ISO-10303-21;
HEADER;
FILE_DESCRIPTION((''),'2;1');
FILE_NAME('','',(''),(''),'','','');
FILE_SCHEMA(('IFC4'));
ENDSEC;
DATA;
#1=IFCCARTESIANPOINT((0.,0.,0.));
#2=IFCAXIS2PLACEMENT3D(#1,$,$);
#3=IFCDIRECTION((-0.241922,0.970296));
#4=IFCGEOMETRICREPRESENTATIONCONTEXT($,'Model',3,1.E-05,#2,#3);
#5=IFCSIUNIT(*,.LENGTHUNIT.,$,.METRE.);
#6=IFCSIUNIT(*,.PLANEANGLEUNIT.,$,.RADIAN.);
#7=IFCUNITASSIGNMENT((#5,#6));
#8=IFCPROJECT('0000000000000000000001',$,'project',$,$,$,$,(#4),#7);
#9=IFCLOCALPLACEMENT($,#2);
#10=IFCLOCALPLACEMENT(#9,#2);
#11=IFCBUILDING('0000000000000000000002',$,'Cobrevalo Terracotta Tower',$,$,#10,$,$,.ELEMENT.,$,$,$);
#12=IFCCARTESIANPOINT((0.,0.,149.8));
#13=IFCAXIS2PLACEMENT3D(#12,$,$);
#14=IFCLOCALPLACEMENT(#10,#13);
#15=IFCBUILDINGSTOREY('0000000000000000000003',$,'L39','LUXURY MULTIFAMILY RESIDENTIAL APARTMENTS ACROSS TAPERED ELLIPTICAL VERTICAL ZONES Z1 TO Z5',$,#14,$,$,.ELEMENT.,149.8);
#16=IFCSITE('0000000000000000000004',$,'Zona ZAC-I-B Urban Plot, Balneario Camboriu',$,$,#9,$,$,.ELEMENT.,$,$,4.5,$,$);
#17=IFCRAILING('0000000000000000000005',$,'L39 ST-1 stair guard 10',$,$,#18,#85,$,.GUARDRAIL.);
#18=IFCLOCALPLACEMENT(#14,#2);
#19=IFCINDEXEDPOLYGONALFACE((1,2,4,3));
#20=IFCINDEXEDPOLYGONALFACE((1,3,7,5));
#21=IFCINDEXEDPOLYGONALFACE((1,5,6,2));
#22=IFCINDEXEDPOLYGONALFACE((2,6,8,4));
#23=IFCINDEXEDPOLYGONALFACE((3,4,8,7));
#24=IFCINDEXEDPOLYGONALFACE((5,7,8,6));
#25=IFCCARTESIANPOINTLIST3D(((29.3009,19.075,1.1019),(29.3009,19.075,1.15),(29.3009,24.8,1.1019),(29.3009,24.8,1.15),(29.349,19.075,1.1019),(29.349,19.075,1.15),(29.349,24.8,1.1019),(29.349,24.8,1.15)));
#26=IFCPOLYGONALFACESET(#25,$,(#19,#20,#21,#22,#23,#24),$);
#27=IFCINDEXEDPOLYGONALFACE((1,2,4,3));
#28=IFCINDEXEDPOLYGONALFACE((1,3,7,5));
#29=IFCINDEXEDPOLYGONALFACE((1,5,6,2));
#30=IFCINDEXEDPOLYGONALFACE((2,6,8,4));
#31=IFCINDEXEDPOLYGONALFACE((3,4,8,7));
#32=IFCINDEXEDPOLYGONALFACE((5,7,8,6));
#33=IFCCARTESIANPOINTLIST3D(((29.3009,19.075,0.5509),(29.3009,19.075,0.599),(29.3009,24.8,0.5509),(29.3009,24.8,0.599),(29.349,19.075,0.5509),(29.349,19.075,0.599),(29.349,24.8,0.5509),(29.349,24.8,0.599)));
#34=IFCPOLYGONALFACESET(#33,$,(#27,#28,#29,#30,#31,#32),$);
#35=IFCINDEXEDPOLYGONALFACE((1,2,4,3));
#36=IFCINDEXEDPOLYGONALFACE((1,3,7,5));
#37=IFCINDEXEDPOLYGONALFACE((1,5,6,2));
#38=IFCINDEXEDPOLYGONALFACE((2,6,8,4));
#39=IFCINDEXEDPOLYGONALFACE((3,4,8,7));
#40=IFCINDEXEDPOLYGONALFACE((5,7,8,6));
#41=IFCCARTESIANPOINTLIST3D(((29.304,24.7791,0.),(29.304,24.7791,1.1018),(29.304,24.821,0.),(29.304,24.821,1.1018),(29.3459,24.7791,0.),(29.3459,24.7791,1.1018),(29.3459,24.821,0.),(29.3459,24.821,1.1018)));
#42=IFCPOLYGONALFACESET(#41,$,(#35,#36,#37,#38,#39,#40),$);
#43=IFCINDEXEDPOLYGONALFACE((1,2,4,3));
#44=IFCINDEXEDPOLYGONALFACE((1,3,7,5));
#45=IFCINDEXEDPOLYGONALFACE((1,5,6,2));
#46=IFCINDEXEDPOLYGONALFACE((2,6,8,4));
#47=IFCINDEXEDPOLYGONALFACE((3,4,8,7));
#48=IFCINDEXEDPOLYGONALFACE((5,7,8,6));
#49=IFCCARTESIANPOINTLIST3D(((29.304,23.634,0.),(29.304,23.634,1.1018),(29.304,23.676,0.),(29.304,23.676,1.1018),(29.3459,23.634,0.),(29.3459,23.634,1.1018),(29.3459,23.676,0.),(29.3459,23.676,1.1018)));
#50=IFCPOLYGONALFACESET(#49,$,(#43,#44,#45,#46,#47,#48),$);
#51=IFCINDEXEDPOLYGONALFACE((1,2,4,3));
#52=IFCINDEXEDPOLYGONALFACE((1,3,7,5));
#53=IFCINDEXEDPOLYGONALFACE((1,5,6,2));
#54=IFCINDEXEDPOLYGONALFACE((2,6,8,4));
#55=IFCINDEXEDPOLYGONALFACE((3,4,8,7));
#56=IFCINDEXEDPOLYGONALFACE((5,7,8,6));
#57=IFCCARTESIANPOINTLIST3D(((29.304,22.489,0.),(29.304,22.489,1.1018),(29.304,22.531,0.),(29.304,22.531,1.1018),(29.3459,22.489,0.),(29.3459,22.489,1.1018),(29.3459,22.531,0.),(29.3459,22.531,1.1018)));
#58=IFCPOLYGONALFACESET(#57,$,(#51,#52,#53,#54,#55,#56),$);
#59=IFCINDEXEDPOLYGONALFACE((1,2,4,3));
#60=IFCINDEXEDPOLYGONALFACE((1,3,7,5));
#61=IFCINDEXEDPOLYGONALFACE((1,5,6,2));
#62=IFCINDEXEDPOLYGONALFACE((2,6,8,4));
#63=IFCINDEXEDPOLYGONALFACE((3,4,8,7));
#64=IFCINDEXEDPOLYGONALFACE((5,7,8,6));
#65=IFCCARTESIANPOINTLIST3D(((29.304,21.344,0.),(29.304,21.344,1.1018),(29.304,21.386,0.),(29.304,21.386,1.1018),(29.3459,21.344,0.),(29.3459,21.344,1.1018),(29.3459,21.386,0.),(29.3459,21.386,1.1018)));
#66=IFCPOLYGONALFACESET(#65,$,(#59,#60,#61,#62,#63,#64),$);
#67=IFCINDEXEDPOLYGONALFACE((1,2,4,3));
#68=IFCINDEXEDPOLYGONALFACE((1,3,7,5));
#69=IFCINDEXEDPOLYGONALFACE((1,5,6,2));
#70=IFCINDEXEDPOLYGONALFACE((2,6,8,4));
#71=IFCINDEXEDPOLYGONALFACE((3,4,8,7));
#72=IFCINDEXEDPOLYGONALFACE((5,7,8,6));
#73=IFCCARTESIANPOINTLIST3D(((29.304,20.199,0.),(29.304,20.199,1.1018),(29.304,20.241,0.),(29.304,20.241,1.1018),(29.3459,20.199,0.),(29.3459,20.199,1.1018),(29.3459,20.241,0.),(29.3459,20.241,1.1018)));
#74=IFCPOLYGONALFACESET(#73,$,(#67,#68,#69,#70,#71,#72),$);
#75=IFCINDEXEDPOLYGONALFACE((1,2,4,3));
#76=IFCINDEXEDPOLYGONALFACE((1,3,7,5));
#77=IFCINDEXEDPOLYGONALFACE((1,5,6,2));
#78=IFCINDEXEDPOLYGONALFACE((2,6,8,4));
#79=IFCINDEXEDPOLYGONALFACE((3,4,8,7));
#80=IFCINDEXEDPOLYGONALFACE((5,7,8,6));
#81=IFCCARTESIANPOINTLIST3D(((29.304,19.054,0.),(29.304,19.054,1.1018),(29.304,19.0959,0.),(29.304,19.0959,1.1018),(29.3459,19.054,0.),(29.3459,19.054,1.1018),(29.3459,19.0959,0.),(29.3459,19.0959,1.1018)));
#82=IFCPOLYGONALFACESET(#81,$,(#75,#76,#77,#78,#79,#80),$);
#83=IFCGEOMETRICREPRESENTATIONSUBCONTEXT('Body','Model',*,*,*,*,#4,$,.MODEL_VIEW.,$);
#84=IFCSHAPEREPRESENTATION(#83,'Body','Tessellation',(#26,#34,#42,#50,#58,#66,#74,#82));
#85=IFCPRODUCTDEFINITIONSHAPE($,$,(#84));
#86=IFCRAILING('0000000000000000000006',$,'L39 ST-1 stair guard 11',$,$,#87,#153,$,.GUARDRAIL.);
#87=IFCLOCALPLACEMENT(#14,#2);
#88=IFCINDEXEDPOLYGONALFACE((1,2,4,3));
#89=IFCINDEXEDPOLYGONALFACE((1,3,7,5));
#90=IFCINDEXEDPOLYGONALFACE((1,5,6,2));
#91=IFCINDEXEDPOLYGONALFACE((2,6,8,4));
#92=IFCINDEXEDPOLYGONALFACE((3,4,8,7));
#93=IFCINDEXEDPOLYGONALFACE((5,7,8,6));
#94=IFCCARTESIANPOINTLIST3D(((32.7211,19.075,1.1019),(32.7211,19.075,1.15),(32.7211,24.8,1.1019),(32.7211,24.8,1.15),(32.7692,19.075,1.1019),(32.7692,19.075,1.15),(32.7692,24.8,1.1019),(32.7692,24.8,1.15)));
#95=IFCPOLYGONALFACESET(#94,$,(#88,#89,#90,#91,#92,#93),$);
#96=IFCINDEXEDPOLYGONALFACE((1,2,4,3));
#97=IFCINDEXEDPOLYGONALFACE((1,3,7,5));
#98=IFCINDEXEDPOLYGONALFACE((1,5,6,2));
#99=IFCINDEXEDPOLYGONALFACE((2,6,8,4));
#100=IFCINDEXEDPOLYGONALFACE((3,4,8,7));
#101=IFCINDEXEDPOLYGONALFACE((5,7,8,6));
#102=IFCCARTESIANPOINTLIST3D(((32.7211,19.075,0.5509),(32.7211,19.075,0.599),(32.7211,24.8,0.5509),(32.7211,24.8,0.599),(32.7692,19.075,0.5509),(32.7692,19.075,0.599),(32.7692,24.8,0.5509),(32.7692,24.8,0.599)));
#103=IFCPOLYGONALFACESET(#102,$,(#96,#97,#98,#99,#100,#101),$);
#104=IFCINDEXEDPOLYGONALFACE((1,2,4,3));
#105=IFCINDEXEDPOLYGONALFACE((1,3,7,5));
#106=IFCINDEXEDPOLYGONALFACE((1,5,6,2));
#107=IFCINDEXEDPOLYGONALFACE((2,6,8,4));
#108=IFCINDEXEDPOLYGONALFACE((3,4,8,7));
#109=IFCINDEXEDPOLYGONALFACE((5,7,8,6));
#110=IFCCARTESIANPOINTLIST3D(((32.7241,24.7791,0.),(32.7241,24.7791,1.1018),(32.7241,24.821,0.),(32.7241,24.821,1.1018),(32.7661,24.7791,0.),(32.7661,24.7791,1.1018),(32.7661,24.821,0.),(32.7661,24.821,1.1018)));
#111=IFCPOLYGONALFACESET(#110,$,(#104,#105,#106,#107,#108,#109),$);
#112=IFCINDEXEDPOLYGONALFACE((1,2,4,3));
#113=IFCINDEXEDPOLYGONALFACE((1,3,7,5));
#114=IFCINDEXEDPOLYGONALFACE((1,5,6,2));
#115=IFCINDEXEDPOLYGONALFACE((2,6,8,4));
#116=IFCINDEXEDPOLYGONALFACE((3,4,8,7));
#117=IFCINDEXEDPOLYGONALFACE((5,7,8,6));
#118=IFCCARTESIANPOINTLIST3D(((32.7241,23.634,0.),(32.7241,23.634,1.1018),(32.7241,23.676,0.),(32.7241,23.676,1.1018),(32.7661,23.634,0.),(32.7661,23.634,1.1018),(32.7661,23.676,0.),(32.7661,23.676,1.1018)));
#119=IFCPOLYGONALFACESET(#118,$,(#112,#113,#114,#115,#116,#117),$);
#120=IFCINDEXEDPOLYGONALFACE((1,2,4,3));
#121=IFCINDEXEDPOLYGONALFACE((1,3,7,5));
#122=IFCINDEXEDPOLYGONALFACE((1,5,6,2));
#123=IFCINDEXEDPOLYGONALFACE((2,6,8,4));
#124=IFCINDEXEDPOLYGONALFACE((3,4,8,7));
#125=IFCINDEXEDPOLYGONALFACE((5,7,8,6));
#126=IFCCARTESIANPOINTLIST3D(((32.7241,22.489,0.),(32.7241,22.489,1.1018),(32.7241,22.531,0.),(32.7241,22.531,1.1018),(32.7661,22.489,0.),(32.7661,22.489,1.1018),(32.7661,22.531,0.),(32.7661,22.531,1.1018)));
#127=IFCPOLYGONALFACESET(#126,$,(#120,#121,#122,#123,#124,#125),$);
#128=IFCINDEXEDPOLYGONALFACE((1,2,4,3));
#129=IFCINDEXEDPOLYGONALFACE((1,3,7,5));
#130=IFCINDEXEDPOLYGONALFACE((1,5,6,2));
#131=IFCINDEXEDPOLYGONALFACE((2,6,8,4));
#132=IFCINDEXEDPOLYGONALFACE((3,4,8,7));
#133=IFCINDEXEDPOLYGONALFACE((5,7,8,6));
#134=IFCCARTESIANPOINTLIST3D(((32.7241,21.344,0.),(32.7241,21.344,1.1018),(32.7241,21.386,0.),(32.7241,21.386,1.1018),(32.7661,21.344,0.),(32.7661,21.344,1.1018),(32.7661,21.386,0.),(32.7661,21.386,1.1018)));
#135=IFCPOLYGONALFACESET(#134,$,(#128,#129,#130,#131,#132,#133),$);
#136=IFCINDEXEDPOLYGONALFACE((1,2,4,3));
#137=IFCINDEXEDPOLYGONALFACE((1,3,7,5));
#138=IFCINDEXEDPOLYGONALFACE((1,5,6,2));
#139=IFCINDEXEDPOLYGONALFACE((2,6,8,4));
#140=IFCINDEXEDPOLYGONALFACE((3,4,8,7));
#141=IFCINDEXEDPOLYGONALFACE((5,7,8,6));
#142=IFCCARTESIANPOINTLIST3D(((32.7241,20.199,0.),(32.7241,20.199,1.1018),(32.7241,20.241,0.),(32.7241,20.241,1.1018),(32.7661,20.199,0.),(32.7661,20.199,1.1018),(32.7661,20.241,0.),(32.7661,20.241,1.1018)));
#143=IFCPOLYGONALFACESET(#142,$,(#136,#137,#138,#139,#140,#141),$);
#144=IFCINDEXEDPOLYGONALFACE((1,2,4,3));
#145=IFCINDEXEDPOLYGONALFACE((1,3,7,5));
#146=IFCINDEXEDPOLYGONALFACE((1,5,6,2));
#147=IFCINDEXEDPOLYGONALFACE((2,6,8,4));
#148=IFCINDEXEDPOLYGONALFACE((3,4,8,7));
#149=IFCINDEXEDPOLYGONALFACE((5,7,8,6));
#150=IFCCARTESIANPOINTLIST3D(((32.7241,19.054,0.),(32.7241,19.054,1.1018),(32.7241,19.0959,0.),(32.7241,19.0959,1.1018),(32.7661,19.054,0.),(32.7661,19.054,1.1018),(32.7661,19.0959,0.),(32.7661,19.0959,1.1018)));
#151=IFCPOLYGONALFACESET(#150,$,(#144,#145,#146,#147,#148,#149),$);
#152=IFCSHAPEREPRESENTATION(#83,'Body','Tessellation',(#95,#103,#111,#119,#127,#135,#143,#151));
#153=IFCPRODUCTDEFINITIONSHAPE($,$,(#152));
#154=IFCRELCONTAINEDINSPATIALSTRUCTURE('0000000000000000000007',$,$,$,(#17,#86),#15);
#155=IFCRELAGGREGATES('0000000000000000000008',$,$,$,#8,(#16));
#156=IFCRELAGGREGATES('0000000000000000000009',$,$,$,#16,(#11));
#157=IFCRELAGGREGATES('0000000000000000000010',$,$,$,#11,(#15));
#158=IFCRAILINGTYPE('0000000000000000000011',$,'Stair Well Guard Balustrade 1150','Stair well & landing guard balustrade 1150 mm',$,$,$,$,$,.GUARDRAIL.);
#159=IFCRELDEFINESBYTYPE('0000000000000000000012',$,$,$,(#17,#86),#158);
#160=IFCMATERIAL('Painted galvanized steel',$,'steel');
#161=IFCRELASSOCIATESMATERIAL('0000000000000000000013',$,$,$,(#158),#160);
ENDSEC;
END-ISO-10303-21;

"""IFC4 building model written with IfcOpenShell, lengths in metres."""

from ifc_helpers import new_model, si_unit, direction, frame, origin, origin_2d, place, context, subcontext, project, spatial, rectangle, extrude, material, type_object, element, save


model = new_model("IFC4")

# Units and contexts
model_context = context("Model", 3, precision=1e-05, world=origin(), true_north=direction((-0.241922, 0.970296)))
body_context = subcontext(model_context, "Body", "Model", "MODEL_VIEW")
ifc_project = project(units=[si_unit("LENGTHUNIT", "METRE"), si_unit("PLANEANGLEUNIT", "RADIAN")], contexts=[model_context])

# Site, building, storey
site_placement = place(None, origin())
site = spatial("IfcSite", under=ifc_project, at=site_placement, Name="Zona ZAC-I-B Urban Plot, Balneario Camboriu", CompositionType="ELEMENT", RefElevation=4.5)
building_placement = place(site_placement, origin())
building = spatial("IfcBuilding", under=site, at=building_placement, Name="Cobrevalo Terracotta Tower", CompositionType="ELEMENT")
storey_placement = place(building_placement, frame((0.0, 0.0, 149.8)))
storey = spatial("IfcBuildingStorey", under=building, at=storey_placement, Name="L39", Description="LUXURY MULTIFAMILY RESIDENTIAL APARTMENTS ACROSS TAPERED ELLIPTICAL VERTICAL ZONES Z1 TO Z5", CompositionType="ELEMENT", Elevation=149.8)

# Railings
ifc_material_1 = material(Name="Painted galvanized steel", Category="steel")
railing_type_1 = type_object("IfcRailingType", Name="Stair Well Guard Balustrade 1150", Description="Stair well & landing guard balustrade 1150 mm", PredefinedType="GUARDRAIL", material=ifc_material_1)
for number, where, name in (
    (1, (29.325, 24.8, 0.0), "L39 ST-1 stair guard 10"),
    (2, (32.7451, 24.8, 0.0), "L39 ST-1 stair guard 11"),
):
    element("IfcRailing", number, at=place(storey_placement, frame(where)), inside=storey, type_object=railing_type_1, Name=name, PredefinedType="GUARDRAIL", context=body_context, shape_type="SweptSolid", body=[
        extrude(rectangle(XDim=0.0481, YDim=0.0481, at=origin_2d()), frame((0.0, 0.0, 1.126), z_axis=(0.0, -1.0, 0.0), x_axis=(1.0, 0.0, 0.0)), (0.0, 0.0, 1.0), 5.7251),
        extrude(rectangle(XDim=0.0481, YDim=0.0481, at=origin_2d()), frame((0.0, 0.0, 0.575), z_axis=(0.0, -1.0, 0.0), x_axis=(1.0, 0.0, 0.0)), (0.0, 0.0, 1.0), 5.7251),
        extrude(rectangle(XDim=0.042, YDim=0.042, at=origin_2d()), origin(), (0.0, 0.0, 1.0), 1.1018),
        extrude(rectangle(XDim=0.042, YDim=0.042, at=origin_2d()), frame((0.0, -1.145, 0.0)), (0.0, 0.0, 1.0), 1.1018),
        extrude(rectangle(XDim=0.042, YDim=0.042, at=origin_2d()), frame((0.0, -2.29, 0.0)), (0.0, 0.0, 1.0), 1.1018),
        extrude(rectangle(XDim=0.042, YDim=0.042, at=origin_2d()), frame((0.0, -3.4351, 0.0)), (0.0, 0.0, 1.0), 1.1018),
        extrude(rectangle(XDim=0.042, YDim=0.042, at=origin_2d()), frame((0.0, -4.5801, 0.0)), (0.0, 0.0, 1.0), 1.1018),
        extrude(rectangle(XDim=0.042, YDim=0.042, at=origin_2d()), frame((0.0, -5.7251, 0.0)), (0.0, 0.0, 1.0), 1.1018),
    ])

save(model, "model.ifc")
